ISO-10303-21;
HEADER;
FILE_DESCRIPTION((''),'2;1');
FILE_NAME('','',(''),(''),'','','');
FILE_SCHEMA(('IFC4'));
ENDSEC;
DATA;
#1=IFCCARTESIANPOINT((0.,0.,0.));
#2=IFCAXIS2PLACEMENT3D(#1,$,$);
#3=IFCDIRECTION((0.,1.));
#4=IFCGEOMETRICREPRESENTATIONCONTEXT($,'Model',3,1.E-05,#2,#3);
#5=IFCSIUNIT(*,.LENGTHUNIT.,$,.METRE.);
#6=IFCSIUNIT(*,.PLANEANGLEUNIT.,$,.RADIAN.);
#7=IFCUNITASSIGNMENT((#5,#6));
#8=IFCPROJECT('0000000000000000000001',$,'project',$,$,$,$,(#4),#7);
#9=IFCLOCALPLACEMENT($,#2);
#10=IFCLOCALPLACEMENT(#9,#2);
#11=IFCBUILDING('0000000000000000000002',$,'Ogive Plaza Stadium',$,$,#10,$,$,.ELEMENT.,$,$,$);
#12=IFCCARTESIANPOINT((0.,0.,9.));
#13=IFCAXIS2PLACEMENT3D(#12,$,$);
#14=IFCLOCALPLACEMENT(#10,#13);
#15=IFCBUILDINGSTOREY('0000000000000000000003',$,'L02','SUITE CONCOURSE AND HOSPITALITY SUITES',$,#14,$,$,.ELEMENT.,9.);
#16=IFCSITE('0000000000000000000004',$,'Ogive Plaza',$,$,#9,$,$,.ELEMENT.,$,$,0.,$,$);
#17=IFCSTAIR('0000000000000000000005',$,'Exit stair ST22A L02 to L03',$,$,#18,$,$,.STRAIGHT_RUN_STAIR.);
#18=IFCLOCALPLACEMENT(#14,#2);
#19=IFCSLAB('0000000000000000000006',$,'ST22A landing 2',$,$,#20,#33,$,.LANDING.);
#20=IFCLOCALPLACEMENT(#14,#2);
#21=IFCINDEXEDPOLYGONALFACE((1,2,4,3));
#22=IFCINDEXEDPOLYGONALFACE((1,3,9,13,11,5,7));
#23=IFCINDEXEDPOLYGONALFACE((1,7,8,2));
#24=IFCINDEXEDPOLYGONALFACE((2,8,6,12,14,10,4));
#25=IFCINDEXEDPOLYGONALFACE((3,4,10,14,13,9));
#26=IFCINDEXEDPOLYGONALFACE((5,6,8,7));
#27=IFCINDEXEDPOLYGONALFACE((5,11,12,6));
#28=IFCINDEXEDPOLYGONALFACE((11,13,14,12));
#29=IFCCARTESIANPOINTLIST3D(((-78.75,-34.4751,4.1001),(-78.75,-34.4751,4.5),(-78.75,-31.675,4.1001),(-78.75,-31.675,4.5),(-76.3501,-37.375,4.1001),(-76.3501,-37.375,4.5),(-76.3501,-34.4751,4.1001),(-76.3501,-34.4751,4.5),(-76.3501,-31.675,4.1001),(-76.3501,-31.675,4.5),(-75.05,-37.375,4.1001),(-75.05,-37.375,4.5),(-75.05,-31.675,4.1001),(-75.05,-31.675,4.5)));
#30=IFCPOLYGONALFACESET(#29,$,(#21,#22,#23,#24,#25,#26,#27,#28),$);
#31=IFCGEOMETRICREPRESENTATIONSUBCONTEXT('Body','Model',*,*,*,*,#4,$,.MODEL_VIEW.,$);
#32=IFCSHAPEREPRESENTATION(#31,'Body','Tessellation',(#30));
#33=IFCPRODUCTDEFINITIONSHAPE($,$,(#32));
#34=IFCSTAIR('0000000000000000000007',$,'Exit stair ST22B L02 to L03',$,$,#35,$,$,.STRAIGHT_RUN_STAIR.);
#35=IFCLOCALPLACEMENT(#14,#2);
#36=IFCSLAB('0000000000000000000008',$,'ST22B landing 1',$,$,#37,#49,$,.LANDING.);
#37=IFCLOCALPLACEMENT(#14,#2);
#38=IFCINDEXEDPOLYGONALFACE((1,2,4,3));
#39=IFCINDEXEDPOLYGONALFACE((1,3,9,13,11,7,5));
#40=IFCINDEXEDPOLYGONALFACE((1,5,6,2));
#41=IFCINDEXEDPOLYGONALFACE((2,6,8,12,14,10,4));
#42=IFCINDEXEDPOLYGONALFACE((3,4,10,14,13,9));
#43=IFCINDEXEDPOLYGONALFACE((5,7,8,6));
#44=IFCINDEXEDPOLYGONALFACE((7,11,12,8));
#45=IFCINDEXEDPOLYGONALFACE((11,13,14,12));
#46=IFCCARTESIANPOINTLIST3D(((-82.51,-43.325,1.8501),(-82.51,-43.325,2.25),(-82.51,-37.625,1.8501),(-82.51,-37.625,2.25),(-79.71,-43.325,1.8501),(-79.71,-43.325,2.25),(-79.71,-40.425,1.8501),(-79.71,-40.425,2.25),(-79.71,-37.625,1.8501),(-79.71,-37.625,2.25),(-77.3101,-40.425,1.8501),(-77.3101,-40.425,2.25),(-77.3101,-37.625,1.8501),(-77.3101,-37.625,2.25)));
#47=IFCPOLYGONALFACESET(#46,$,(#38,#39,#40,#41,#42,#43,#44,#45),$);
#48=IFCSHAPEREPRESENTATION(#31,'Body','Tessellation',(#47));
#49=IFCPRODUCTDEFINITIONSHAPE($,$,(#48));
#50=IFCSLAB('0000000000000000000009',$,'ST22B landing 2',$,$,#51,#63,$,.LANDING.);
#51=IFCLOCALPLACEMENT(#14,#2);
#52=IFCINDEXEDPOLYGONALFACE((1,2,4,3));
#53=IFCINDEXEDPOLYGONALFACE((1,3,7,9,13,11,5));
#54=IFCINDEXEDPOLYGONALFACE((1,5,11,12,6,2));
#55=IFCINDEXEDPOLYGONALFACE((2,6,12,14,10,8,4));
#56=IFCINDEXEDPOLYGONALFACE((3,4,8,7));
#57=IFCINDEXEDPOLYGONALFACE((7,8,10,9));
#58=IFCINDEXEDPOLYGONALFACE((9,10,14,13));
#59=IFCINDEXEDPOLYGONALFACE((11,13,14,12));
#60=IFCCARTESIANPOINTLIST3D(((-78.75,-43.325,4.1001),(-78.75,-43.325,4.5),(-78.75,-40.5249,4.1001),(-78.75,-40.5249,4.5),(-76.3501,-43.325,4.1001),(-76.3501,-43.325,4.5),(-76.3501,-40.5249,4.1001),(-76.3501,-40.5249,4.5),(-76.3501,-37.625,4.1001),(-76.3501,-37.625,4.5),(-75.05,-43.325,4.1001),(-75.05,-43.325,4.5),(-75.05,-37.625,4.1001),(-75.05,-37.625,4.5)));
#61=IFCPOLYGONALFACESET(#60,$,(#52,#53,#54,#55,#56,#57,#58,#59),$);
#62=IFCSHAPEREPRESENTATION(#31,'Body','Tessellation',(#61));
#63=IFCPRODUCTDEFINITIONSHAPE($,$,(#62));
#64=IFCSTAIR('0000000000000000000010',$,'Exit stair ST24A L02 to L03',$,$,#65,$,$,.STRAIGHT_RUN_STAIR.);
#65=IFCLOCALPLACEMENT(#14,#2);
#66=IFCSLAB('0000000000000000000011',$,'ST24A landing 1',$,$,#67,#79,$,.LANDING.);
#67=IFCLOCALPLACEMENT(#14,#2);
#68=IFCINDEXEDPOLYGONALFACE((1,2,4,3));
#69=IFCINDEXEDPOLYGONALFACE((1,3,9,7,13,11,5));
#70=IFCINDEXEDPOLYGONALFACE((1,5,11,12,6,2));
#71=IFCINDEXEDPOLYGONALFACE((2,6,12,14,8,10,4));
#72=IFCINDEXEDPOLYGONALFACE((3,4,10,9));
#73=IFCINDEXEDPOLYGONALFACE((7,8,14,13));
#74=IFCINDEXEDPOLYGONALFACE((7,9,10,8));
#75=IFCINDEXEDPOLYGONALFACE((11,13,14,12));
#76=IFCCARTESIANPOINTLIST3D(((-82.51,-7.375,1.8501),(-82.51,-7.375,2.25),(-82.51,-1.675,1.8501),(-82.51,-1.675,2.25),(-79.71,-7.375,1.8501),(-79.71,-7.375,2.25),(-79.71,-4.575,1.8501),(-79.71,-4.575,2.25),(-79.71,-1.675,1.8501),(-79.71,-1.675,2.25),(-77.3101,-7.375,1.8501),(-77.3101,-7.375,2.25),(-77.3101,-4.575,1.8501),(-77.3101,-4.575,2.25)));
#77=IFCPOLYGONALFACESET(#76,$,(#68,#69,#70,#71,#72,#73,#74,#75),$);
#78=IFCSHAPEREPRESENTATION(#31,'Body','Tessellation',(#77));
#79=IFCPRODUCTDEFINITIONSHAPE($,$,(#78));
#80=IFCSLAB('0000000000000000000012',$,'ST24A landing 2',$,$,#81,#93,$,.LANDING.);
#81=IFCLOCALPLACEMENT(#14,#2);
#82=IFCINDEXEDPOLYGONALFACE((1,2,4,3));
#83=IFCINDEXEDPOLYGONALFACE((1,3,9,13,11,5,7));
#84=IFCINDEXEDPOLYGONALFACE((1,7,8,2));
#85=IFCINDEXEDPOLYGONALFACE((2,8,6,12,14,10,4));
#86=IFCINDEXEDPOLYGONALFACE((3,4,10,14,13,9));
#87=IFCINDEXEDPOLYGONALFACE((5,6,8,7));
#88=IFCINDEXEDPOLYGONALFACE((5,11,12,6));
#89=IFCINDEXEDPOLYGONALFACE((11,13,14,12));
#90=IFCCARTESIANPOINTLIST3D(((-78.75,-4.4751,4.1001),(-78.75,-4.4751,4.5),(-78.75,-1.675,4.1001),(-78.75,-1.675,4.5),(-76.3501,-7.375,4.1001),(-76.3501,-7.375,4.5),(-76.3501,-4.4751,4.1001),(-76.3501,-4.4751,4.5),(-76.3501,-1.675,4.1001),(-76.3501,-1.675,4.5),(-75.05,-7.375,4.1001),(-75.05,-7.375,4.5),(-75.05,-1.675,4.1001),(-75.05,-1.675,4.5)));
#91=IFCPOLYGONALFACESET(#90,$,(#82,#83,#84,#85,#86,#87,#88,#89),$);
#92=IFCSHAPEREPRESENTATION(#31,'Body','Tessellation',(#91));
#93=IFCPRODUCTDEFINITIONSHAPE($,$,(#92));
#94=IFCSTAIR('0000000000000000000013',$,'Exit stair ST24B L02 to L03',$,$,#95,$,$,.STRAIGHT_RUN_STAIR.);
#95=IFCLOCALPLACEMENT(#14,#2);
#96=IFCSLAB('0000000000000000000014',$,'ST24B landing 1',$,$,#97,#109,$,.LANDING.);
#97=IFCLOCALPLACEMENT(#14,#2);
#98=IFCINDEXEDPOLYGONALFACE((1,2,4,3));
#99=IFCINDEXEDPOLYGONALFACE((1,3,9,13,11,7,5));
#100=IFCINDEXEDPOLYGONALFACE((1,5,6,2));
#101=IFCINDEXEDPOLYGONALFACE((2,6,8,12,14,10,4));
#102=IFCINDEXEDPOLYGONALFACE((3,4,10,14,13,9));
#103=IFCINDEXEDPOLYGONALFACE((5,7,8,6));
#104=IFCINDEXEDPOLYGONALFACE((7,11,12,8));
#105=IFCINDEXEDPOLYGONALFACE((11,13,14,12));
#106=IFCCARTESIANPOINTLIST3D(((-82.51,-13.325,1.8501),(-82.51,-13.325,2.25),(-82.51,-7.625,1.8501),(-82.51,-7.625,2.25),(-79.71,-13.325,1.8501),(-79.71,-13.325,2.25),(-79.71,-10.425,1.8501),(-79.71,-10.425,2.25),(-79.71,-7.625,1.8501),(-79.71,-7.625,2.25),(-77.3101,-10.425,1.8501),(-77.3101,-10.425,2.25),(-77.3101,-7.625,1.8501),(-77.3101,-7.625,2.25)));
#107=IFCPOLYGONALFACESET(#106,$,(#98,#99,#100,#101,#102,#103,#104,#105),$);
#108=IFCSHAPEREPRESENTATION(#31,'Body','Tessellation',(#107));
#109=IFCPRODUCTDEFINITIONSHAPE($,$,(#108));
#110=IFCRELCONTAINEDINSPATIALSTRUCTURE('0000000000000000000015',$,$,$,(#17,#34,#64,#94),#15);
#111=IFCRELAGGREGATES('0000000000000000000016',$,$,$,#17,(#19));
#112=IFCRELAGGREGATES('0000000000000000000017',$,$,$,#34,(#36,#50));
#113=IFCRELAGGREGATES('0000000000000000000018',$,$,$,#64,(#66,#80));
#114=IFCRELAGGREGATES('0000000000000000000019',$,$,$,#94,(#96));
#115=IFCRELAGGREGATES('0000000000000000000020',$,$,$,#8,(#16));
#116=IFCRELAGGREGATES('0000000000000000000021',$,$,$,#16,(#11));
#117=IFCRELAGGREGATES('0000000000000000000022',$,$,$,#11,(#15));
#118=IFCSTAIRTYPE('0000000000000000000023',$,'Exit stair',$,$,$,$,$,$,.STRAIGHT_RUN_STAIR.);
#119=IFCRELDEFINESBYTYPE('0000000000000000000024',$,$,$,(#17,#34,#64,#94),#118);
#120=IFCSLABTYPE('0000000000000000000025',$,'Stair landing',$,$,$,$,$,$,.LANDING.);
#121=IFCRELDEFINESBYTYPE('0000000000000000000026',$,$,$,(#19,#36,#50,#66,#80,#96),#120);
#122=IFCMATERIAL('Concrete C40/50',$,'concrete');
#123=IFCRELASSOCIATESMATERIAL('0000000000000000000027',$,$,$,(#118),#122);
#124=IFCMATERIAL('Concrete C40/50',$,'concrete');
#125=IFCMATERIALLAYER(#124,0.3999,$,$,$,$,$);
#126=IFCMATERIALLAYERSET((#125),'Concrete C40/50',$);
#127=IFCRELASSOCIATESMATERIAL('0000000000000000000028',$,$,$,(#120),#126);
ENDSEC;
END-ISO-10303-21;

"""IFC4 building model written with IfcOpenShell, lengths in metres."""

from ifc_helpers import new_model, si_unit, direction, frame, origin, place, context, subcontext, project, spatial, polyline, outline, extrude, material, layer, layer_set, type_object, element, aggregate, save


model = new_model("IFC4")

# Units and contexts
model_context = context("Model", 3, precision=1e-05, world=origin(), true_north=direction((0.0, 1.0)))
body_context = subcontext(model_context, "Body", "Model", "MODEL_VIEW")
ifc_project = project(units=[si_unit("LENGTHUNIT", "METRE"), si_unit("PLANEANGLEUNIT", "RADIAN")], contexts=[model_context])

# Site, building, storey
site_placement = place(None, origin())
site = spatial("IfcSite", under=ifc_project, at=site_placement, Name="Ogive Plaza", CompositionType="ELEMENT", RefElevation=0.0)
building_placement = place(site_placement, origin())
building = spatial("IfcBuilding", under=site, at=building_placement, Name="Ogive Plaza Stadium", CompositionType="ELEMENT")
storey_placement = place(building_placement, frame((0.0, 0.0, 9.0)))
storey = spatial("IfcBuildingStorey", under=building, at=storey_placement, Name="L02", Description="SUITE CONCOURSE AND HOSPITALITY SUITES", CompositionType="ELEMENT", Elevation=9.0)

# Shared definitions
ifc_material_1 = material(Name="Concrete C40/50", Category="concrete")
stair_type = type_object("IfcStairType", Name="Exit stair", PredefinedType="STRAIGHT_RUN_STAIR", material=ifc_material_1)
ifc_material_2 = material(Name="Concrete C40/50", Category="concrete")
ifc_layer = layer(ifc_material_2, 0.3999)
ifc_layer_set = layer_set([ifc_layer], Name="Concrete C40/50")
slab_type = type_object("IfcSlabType", Name="Stair landing", PredefinedType="LANDING", material=ifc_layer_set)

# Stairs, slabs
stair_1_placement = place(storey_placement, origin())
stair_1 = element("IfcStair", 1, at=stair_1_placement, inside=storey, type_object=stair_type, Name="Exit stair ST22A L02 to L03", PredefinedType="STRAIGHT_RUN_STAIR")
slab_1_placement = place(storey_placement, frame((0.0, 0.0, 4.1001)))
slab_1 = element("IfcSlab", 2, at=slab_1_placement, type_object=slab_type, Name="ST22A landing 2", PredefinedType="LANDING", context=body_context, shape_type="SweptSolid", body=[
    extrude(outline(polyline([(-78.75, -34.4751), (-78.75, -31.675), (-76.3501, -31.675), (-75.05, -31.675), (-75.05, -37.375), (-76.3501, -37.375), (-76.3501, -34.4751), (-78.75, -34.4751)])), origin(), (0.0, 0.0, 1.0), 0.3999),
])
aggregate(stair_1, [slab_1])
stair_2_placement = place(storey_placement, origin())
stair_2 = element("IfcStair", 3, at=stair_2_placement, inside=storey, type_object=stair_type, Name="Exit stair ST22B L02 to L03", PredefinedType="STRAIGHT_RUN_STAIR")
slab_2_placement = place(storey_placement, frame((0.0, 0.0, 1.8501)))
slab_2 = element("IfcSlab", 4, at=slab_2_placement, type_object=slab_type, Name="ST22B landing 1", PredefinedType="LANDING", context=body_context, shape_type="SweptSolid", body=[
    extrude(outline(polyline([(-77.3101, -37.625), (-77.3101, -40.425), (-79.71, -40.425), (-79.71, -43.325), (-82.51, -43.325), (-82.51, -37.625), (-79.71, -37.625), (-77.3101, -37.625)])), origin(), (0.0, 0.0, 1.0), 0.3999),
])
slab_3_placement = place(storey_placement, frame((0.0, 0.0, 4.1001)))
slab_3 = element("IfcSlab", 5, at=slab_3_placement, type_object=slab_type, Name="ST22B landing 2", PredefinedType="LANDING", context=body_context, shape_type="SweptSolid", body=[
    extrude(outline(polyline([(-76.3501, -37.625), (-75.05, -37.625), (-75.05, -43.325), (-76.3501, -43.325), (-78.75, -43.325), (-78.75, -40.5249), (-76.3501, -40.5249), (-76.3501, -37.625)])), origin(), (0.0, 0.0, 1.0), 0.3999),
])
aggregate(stair_2, [slab_2, slab_3])
stair_3_placement = place(storey_placement, origin())
stair_3 = element("IfcStair", 6, at=stair_3_placement, inside=storey, type_object=stair_type, Name="Exit stair ST24A L02 to L03", PredefinedType="STRAIGHT_RUN_STAIR")
slab_4_placement = place(storey_placement, frame((0.0, 0.0, 1.8501)))
slab_4 = element("IfcSlab", 7, at=slab_4_placement, type_object=slab_type, Name="ST24A landing 1", PredefinedType="LANDING", context=body_context, shape_type="SweptSolid", body=[
    extrude(outline(polyline([(-82.51, -7.375), (-82.51, -1.675), (-79.71, -1.675), (-79.71, -4.575), (-77.3101, -4.575), (-77.3101, -7.375), (-79.71, -7.375), (-82.51, -7.375)])), origin(), (0.0, 0.0, 1.0), 0.3999),
])
slab_5_placement = place(storey_placement, frame((0.0, 0.0, 4.1001)))
slab_5 = element("IfcSlab", 8, at=slab_5_placement, type_object=slab_type, Name="ST24A landing 2", PredefinedType="LANDING", context=body_context, shape_type="SweptSolid", body=[
    extrude(outline(polyline([(-78.75, -4.4751), (-78.75, -1.675), (-76.3501, -1.675), (-75.05, -1.675), (-75.05, -7.375), (-76.3501, -7.375), (-76.3501, -4.4751), (-78.75, -4.4751)])), origin(), (0.0, 0.0, 1.0), 0.3999),
])
aggregate(stair_3, [slab_4, slab_5])

# Stair, slab
stair_4_placement = place(storey_placement, origin())
stair_4 = element("IfcStair", 9, at=stair_4_placement, inside=storey, type_object=stair_type, Name="Exit stair ST24B L02 to L03", PredefinedType="STRAIGHT_RUN_STAIR")
slab_6_placement = place(storey_placement, frame((0.0, 0.0, 1.8501)))
slab_6 = element("IfcSlab", 10, at=slab_6_placement, type_object=slab_type, Name="ST24B landing 1", PredefinedType="LANDING", context=body_context, shape_type="SweptSolid", body=[
    extrude(outline(polyline([(-77.3101, -7.625), (-77.3101, -10.425), (-79.71, -10.425), (-79.71, -13.325), (-82.51, -13.325), (-82.51, -7.625), (-79.71, -7.625), (-77.3101, -7.625)])), origin(), (0.0, 0.0, 1.0), 0.3999),
])
aggregate(stair_4, [slab_6])

save(model, "model.ifc")
